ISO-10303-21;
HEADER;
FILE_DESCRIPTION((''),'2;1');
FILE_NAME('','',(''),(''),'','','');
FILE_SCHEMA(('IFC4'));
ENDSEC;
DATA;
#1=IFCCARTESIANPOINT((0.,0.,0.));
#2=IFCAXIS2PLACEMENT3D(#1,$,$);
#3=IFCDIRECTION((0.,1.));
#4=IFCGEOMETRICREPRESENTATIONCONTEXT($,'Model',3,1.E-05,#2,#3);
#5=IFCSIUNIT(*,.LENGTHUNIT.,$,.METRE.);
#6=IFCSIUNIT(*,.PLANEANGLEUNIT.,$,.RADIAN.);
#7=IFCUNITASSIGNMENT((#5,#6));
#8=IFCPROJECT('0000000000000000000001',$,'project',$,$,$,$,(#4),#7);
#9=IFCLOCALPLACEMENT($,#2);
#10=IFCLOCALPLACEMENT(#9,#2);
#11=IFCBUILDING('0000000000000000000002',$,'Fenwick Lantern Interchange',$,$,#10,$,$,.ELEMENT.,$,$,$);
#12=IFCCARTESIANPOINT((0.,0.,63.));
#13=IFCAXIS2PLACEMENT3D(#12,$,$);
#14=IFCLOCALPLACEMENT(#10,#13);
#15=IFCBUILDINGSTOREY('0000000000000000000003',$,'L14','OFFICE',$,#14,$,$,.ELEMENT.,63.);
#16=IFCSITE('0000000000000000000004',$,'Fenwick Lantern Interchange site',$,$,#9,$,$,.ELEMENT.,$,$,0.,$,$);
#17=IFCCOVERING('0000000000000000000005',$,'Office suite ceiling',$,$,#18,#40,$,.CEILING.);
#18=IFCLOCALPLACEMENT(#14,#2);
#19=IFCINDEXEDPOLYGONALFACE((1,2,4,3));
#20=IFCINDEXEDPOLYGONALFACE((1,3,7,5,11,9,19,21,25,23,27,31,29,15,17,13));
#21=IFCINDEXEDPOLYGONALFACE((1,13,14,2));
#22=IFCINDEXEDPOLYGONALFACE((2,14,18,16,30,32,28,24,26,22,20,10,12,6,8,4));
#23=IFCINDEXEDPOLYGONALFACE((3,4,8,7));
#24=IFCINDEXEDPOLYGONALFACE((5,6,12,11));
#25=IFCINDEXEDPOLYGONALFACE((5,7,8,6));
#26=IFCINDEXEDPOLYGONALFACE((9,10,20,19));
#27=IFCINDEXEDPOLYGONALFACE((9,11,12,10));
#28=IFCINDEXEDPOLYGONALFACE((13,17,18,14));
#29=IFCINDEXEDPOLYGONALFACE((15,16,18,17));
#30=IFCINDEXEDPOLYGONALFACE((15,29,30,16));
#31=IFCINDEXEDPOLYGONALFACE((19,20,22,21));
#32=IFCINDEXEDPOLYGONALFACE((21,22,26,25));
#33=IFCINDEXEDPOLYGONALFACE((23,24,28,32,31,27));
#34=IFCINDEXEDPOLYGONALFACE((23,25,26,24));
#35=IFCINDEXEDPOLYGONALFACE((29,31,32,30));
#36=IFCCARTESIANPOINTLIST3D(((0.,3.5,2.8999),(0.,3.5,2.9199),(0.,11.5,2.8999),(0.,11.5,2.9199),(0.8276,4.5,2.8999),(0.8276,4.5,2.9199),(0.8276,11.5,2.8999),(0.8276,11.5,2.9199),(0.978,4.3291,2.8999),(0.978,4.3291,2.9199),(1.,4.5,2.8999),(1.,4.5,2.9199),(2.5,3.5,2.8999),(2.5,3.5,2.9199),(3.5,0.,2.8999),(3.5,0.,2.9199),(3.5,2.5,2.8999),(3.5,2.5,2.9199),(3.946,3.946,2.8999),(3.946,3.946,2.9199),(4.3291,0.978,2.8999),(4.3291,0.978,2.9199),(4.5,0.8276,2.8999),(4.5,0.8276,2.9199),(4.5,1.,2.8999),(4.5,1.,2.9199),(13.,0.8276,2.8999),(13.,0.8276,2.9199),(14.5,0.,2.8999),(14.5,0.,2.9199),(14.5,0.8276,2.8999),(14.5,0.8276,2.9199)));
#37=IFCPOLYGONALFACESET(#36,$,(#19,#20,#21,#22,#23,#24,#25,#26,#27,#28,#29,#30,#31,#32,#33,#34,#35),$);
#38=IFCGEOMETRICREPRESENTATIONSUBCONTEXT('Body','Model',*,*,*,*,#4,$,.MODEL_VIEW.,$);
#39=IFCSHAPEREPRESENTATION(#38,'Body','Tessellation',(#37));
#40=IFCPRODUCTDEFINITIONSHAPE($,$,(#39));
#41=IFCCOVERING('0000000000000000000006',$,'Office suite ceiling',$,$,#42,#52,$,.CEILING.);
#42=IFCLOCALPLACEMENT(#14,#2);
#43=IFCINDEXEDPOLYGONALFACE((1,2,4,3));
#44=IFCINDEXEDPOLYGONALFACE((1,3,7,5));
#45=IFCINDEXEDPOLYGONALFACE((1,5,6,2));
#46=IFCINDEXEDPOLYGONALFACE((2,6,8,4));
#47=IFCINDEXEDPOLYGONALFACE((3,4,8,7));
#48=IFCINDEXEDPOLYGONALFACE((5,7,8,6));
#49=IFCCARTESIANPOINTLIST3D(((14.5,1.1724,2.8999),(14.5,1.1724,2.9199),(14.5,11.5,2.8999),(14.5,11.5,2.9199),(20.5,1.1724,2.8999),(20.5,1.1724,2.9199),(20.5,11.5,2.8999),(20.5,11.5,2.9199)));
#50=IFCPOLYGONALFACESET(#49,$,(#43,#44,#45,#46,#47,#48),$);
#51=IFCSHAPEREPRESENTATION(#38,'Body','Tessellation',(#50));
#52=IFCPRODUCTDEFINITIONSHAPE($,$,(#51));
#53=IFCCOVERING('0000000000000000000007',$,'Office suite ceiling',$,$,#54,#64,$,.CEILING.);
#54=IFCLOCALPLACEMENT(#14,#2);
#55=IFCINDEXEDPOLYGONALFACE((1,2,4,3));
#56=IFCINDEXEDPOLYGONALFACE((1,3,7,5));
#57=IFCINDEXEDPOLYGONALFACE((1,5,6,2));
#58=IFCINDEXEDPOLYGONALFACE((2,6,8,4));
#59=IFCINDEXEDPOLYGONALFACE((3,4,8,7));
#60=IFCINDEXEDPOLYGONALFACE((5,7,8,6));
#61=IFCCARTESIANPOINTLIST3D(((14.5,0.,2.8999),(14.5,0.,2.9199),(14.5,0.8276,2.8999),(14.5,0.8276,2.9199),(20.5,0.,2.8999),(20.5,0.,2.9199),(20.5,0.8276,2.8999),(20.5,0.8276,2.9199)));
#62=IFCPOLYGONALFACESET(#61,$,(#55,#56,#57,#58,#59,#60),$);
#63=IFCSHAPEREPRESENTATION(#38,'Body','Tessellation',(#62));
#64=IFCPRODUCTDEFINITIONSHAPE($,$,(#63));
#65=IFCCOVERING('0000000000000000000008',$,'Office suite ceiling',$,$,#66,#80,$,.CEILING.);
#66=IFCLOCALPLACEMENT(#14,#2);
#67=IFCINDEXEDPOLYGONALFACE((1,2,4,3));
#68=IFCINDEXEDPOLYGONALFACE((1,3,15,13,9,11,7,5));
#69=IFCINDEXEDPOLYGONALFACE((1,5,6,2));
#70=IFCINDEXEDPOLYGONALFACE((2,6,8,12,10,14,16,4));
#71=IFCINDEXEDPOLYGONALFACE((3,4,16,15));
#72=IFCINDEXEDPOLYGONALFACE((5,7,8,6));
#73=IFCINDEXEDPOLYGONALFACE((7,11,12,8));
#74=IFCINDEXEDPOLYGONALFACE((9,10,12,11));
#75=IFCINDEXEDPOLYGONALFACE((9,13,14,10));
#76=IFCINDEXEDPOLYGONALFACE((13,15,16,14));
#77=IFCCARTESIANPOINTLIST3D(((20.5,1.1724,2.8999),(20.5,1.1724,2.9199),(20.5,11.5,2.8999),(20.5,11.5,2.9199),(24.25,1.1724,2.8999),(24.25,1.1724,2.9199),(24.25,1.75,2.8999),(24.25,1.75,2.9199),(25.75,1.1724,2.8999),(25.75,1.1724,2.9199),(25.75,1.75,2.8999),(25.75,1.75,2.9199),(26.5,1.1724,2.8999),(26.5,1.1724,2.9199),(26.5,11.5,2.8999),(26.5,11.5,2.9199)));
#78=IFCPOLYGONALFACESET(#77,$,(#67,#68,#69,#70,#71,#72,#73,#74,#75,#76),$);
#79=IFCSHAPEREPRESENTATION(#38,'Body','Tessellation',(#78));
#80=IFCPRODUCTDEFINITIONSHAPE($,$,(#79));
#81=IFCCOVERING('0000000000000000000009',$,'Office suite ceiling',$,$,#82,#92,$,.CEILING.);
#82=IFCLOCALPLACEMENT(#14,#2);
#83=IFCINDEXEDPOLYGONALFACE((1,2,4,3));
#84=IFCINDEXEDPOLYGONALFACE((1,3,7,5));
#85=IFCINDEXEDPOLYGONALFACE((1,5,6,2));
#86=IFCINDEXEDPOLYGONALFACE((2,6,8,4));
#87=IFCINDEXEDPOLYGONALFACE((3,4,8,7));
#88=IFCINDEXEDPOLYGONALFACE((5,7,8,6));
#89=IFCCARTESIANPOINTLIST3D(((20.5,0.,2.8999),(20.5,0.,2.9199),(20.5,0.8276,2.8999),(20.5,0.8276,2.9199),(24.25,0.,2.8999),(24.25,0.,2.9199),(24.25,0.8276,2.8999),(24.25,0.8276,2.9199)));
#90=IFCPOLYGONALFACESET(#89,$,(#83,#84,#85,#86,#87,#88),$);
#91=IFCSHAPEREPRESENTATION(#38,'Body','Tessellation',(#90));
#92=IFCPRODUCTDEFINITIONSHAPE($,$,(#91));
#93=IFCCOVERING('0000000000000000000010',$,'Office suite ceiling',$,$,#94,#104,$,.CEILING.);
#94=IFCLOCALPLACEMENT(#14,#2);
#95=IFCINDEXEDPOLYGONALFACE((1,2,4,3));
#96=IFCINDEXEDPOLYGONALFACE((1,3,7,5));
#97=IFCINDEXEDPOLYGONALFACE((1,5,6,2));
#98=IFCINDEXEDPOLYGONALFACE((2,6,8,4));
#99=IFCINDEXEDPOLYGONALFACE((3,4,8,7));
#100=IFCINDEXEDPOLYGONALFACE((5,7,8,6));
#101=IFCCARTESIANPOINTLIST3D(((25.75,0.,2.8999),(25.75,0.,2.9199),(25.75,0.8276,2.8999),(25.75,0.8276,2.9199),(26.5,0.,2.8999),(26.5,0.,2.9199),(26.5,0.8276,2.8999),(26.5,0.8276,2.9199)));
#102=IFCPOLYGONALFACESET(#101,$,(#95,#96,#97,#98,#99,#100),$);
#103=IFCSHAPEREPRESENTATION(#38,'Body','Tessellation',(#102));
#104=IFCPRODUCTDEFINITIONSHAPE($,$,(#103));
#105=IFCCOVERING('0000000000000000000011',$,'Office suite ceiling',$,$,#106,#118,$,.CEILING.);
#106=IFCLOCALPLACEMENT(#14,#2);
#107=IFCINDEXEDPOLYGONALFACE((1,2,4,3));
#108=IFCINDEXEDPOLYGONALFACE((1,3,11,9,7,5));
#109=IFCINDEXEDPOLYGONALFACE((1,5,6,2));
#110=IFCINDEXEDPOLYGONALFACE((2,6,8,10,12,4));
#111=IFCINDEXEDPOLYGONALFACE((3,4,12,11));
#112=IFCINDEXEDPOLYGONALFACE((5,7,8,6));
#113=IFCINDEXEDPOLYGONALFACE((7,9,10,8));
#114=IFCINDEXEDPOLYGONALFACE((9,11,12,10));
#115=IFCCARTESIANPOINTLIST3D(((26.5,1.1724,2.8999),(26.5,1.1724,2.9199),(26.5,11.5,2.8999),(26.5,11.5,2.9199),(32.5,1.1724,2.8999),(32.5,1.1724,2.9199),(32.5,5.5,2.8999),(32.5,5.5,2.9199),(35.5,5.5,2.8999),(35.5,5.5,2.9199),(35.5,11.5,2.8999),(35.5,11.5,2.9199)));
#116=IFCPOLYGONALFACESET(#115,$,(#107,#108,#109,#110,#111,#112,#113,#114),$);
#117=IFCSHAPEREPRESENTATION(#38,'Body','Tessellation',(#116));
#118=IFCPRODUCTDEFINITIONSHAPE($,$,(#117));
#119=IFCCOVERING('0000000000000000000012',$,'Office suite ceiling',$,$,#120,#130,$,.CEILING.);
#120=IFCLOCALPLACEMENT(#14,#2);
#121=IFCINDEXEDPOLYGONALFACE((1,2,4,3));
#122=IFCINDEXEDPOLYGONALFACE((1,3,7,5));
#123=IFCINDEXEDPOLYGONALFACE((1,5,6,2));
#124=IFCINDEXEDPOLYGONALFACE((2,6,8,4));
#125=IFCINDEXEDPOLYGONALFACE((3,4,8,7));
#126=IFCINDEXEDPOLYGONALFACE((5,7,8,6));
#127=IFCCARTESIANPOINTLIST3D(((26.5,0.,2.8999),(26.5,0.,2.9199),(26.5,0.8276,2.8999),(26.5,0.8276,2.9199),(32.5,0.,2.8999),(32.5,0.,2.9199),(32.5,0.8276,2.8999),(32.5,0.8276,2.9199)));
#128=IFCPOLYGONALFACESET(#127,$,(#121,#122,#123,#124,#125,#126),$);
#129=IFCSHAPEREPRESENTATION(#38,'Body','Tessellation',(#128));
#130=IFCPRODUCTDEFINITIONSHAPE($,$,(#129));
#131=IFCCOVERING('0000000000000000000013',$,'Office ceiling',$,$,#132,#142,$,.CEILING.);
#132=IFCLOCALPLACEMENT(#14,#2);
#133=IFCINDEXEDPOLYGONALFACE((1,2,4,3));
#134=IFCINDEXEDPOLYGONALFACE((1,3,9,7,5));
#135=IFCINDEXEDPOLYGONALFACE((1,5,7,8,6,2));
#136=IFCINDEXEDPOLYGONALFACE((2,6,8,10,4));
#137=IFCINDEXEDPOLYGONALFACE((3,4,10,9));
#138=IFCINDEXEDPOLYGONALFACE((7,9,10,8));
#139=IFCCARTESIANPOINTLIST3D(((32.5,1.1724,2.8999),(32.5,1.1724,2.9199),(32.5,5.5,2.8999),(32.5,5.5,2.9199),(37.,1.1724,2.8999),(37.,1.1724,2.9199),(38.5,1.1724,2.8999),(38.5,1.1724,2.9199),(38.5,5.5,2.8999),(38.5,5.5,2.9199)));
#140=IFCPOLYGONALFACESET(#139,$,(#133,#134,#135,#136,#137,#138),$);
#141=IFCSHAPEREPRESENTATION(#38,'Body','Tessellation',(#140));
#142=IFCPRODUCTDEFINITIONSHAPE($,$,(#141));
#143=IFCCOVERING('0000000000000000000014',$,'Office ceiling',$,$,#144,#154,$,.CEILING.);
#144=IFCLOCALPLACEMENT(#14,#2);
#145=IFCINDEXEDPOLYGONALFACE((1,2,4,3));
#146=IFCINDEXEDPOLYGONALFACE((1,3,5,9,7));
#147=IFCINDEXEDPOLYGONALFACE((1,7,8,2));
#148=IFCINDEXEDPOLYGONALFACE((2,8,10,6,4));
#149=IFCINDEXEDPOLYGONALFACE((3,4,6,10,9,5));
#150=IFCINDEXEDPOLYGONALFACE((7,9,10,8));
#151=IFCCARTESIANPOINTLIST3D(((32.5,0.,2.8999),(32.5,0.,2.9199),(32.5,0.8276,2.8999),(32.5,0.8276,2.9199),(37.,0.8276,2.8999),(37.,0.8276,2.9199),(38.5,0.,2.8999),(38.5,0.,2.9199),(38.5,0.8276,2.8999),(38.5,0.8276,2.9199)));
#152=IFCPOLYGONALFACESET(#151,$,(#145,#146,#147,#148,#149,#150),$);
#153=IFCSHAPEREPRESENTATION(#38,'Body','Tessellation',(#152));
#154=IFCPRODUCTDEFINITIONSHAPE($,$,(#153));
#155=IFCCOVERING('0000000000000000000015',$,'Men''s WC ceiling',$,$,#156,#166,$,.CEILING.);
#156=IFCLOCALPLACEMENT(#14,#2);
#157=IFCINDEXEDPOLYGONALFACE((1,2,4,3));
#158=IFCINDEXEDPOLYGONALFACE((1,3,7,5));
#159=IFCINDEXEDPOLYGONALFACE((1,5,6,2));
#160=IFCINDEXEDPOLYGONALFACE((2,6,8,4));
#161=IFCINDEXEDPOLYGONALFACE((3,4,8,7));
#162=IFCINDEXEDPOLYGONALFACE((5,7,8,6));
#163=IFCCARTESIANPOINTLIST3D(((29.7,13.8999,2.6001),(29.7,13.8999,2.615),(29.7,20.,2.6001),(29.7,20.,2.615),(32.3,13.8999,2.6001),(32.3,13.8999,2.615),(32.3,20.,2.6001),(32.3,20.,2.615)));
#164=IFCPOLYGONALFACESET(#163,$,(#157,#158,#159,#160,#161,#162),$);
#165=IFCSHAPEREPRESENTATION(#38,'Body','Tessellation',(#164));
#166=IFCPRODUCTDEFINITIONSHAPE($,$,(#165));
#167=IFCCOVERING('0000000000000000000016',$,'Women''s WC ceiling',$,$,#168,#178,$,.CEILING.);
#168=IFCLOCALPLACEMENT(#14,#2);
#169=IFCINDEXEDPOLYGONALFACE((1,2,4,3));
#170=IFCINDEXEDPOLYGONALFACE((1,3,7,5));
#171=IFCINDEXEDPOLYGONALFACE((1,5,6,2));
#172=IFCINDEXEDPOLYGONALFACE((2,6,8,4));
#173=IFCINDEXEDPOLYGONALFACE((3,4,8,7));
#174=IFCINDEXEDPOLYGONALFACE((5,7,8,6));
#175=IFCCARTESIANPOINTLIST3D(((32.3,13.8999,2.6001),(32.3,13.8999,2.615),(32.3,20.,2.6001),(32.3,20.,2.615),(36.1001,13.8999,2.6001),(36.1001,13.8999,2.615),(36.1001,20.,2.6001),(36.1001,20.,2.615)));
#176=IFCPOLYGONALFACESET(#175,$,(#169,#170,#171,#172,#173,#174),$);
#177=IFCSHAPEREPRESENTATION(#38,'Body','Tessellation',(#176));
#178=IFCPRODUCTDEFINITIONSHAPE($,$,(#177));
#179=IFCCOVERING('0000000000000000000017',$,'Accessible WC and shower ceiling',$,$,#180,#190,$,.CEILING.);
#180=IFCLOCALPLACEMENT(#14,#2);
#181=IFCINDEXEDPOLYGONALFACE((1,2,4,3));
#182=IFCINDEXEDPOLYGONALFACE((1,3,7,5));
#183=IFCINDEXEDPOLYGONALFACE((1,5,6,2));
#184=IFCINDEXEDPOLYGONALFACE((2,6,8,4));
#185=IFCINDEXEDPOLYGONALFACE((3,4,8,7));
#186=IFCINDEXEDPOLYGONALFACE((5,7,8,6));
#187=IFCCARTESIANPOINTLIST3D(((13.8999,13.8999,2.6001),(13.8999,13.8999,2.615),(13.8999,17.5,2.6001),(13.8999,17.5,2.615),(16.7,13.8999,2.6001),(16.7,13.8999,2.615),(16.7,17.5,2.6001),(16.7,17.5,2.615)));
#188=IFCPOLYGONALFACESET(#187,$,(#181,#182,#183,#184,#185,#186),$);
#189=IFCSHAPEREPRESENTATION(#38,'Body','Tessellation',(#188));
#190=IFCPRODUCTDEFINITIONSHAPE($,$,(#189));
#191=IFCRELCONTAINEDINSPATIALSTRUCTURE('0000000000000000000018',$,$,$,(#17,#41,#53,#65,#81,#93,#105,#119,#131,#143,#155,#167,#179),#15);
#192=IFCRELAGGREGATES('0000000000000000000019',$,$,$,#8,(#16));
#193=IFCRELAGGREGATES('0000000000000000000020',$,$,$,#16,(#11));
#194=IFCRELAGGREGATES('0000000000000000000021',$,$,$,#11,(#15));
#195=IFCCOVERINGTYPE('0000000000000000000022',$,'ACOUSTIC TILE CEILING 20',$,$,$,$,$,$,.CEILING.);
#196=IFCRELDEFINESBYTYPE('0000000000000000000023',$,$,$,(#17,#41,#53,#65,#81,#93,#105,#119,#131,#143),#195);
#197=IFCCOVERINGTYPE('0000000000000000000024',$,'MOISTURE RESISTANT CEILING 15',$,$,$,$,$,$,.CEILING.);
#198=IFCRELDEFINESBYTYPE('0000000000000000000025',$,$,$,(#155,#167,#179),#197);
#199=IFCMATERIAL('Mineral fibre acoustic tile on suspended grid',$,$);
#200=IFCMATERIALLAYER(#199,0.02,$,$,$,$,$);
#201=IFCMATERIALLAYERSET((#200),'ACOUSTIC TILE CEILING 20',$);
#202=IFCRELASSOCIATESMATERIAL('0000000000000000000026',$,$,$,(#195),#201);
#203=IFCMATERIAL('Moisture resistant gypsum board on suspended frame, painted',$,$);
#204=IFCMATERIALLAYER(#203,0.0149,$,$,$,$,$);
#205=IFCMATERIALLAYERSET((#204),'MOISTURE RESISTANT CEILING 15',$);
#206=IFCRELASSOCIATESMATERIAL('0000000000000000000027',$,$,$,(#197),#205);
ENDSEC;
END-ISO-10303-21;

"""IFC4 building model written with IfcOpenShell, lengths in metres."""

from ifc_helpers import new_model, si_unit, direction, frame, origin, place, context, subcontext, project, spatial, polyline, outline, extrude, material, layer, layer_set, type_object, element, save


model = new_model("IFC4")

# Units and contexts
model_context = context("Model", 3, precision=1e-05, world=origin(), true_north=direction((0.0, 1.0)))
body_context = subcontext(model_context, "Body", "Model", "MODEL_VIEW")
ifc_project = project(units=[si_unit("LENGTHUNIT", "METRE"), si_unit("PLANEANGLEUNIT", "RADIAN")], contexts=[model_context])

# Site, building, storey
site_placement = place(None, origin())
site = spatial("IfcSite", under=ifc_project, at=site_placement, Name="Fenwick Lantern Interchange site", CompositionType="ELEMENT", RefElevation=0.0)
building_placement = place(site_placement, origin())
building = spatial("IfcBuilding", under=site, at=building_placement, Name="Fenwick Lantern Interchange", CompositionType="ELEMENT")
storey_placement = place(building_placement, frame((0.0, 0.0, 63.0)))
storey = spatial("IfcBuildingStorey", under=building, at=storey_placement, Name="L14", Description="OFFICE", CompositionType="ELEMENT", Elevation=63.0)

# Coverings
ifc_material_1 = material(Name="Mineral fibre acoustic tile on suspended grid")
ifc_layer_1 = layer(ifc_material_1, 0.02)
ifc_layer_set_1 = layer_set([ifc_layer_1], Name="ACOUSTIC TILE CEILING 20")
covering_type_1 = type_object("IfcCoveringType", Name="ACOUSTIC TILE CEILING 20", PredefinedType="CEILING", material=ifc_layer_set_1)
covering_1_placement = place(storey_placement, frame((0.0, 0.0, 2.8999)))
element("IfcCovering", 1, at=covering_1_placement, inside=storey, type_object=covering_type_1, Name="Office suite ceiling", PredefinedType="CEILING", context=body_context, shape_type="SweptSolid", body=[
    extrude(outline(polyline([(3.5, 2.5), (3.5, 0.0), (14.5, 0.0), (14.5, 0.8276), (13.0, 0.8276), (4.5, 0.8276), (4.5, 1.0), (4.3291, 0.978), (3.946, 3.946), (0.978, 4.3291), (1.0, 4.5), (0.8276, 4.5), (0.8276, 11.5), (0.0, 11.5), (0.0, 3.5), (2.5, 3.5), (3.5, 2.5)])), origin(), (0.0, 0.0, 1.0), 0.02),
])
covering_2_placement = place(storey_placement, frame((0.0, 0.0, 2.8999)))
element("IfcCovering", 2, at=covering_2_placement, inside=storey, type_object=covering_type_1, Name="Office suite ceiling", PredefinedType="CEILING", context=body_context, shape_type="SweptSolid", body=[
    extrude(outline(polyline([(14.5, 11.5), (14.5, 1.1724), (20.5, 1.1724), (20.5, 11.5), (14.5, 11.5)])), origin(), (0.0, 0.0, 1.0), 0.02),
])
covering_3_placement = place(storey_placement, frame((0.0, 0.0, 2.8999)))
element("IfcCovering", 3, at=covering_3_placement, inside=storey, type_object=covering_type_1, Name="Office suite ceiling", PredefinedType="CEILING", context=body_context, shape_type="SweptSolid", body=[
    extrude(outline(polyline([(14.5, 0.0), (20.5, 0.0), (20.5, 0.8276), (14.5, 0.8276), (14.5, 0.0)])), origin(), (0.0, 0.0, 1.0), 0.02),
])
covering_4_placement = place(storey_placement, frame((0.0, 0.0, 2.8999)))
element("IfcCovering", 4, at=covering_4_placement, inside=storey, type_object=covering_type_1, Name="Office suite ceiling", PredefinedType="CEILING", context=body_context, shape_type="SweptSolid", body=[
    extrude(outline(polyline([(25.75, 1.75), (25.75, 1.1724), (26.5, 1.1724), (26.5, 11.5), (20.5, 11.5), (20.5, 1.1724), (24.25, 1.1724), (24.25, 1.75), (25.75, 1.75)])), origin(), (0.0, 0.0, 1.0), 0.02),
])
covering_5_placement = place(storey_placement, frame((0.0, 0.0, 2.8999)))
element("IfcCovering", 5, at=covering_5_placement, inside=storey, type_object=covering_type_1, Name="Office suite ceiling", PredefinedType="CEILING", context=body_context, shape_type="SweptSolid", body=[
    extrude(outline(polyline([(24.25, 0.0), (24.25, 0.8276), (20.5, 0.8276), (20.5, 0.0), (24.25, 0.0)])), origin(), (0.0, 0.0, 1.0), 0.02),
])
covering_6_placement = place(storey_placement, frame((0.0, 0.0, 2.8999)))
element("IfcCovering", 6, at=covering_6_placement, inside=storey, type_object=covering_type_1, Name="Office suite ceiling", PredefinedType="CEILING", context=body_context, shape_type="SweptSolid", body=[
    extrude(outline(polyline([(25.75, 0.8276), (25.75, 0.0), (26.5, 0.0), (26.5, 0.8276), (25.75, 0.8276)])), origin(), (0.0, 0.0, 1.0), 0.02),
])
covering_7_placement = place(storey_placement, frame((0.0, 0.0, 2.8999)))
element("IfcCovering", 7, at=covering_7_placement, inside=storey, type_object=covering_type_1, Name="Office suite ceiling", PredefinedType="CEILING", context=body_context, shape_type="SweptSolid", body=[
    extrude(outline(polyline([(26.5, 11.5), (26.5, 1.1724), (32.5, 1.1724), (32.5, 5.5), (35.5, 5.5), (35.5, 11.5), (26.5, 11.5)])), origin(), (0.0, 0.0, 1.0), 0.02),
])
covering_8_placement = place(storey_placement, frame((0.0, 0.0, 2.8999)))
element("IfcCovering", 8, at=covering_8_placement, inside=storey, type_object=covering_type_1, Name="Office suite ceiling", PredefinedType="CEILING", context=body_context, shape_type="SweptSolid", body=[
    extrude(outline(polyline([(26.5, 0.0), (32.5, 0.0), (32.5, 0.8276), (26.5, 0.8276), (26.5, 0.0)])), origin(), (0.0, 0.0, 1.0), 0.02),
])
covering_9_placement = place(storey_placement, frame((0.0, 0.0, 2.8999)))
element("IfcCovering", 9, at=covering_9_placement, inside=storey, type_object=covering_type_1, Name="Office ceiling", PredefinedType="CEILING", context=body_context, shape_type="SweptSolid", body=[
    extrude(outline(polyline([(32.5, 5.5), (32.5, 1.1724), (37.0, 1.1724), (38.5, 1.1724), (38.5, 5.5), (32.5, 5.5)])), origin(), (0.0, 0.0, 1.0), 0.02),
])
covering_10_placement = place(storey_placement, frame((0.0, 0.0, 2.8999)))
element("IfcCovering", 10, at=covering_10_placement, inside=storey, type_object=covering_type_1, Name="Office ceiling", PredefinedType="CEILING", context=body_context, shape_type="SweptSolid", body=[
    extrude(outline(polyline([(38.5, 0.0), (38.5, 0.8276), (37.0, 0.8276), (32.5, 0.8276), (32.5, 0.0), (38.5, 0.0)])), origin(), (0.0, 0.0, 1.0), 0.02),
])
ifc_material_2 = material(Name="Moisture resistant gypsum board on suspended frame, painted")
ifc_layer_2 = layer(ifc_material_2, 0.0149)
ifc_layer_set_2 = layer_set([ifc_layer_2], Name="MOISTURE RESISTANT CEILING 15")
covering_type_2 = type_object("IfcCoveringType", Name="MOISTURE RESISTANT CEILING 15", PredefinedType="CEILING", material=ifc_layer_set_2)
covering_11_placement = place(storey_placement, frame((0.0, 0.0, 2.6001)))
element("IfcCovering", 11, at=covering_11_placement, inside=storey, type_object=covering_type_2, Name="Men's WC ceiling", PredefinedType="CEILING", context=body_context, shape_type="SweptSolid", body=[
    extrude(outline(polyline([(29.7, 13.8999), (32.3, 13.8999), (32.3, 20.0), (29.7, 20.0), (29.7, 13.8999)])), origin(), (0.0, 0.0, 1.0), 0.0149),
])
covering_12_placement = place(storey_placement, frame((0.0, 0.0, 2.6001)))
element("IfcCovering", 12, at=covering_12_placement, inside=storey, type_object=covering_type_2, Name="Women's WC ceiling", PredefinedType="CEILING", context=body_context, shape_type="SweptSolid", body=[
    extrude(outline(polyline([(32.3, 13.8999), (36.1001, 13.8999), (36.1001, 20.0), (32.3, 20.0), (32.3, 13.8999)])), origin(), (0.0, 0.0, 1.0), 0.0149),
])
covering_13_placement = place(storey_placement, frame((0.0, 0.0, 2.6001)))
element("IfcCovering", 13, at=covering_13_placement, inside=storey, type_object=covering_type_2, Name="Accessible WC and shower ceiling", PredefinedType="CEILING", context=body_context, shape_type="SweptSolid", body=[
    extrude(outline(polyline([(13.8999, 13.8999), (16.7, 13.8999), (16.7, 17.5), (13.8999, 17.5), (13.8999, 13.8999)])), origin(), (0.0, 0.0, 1.0), 0.0149),
])

save(model, "model.ifc")
